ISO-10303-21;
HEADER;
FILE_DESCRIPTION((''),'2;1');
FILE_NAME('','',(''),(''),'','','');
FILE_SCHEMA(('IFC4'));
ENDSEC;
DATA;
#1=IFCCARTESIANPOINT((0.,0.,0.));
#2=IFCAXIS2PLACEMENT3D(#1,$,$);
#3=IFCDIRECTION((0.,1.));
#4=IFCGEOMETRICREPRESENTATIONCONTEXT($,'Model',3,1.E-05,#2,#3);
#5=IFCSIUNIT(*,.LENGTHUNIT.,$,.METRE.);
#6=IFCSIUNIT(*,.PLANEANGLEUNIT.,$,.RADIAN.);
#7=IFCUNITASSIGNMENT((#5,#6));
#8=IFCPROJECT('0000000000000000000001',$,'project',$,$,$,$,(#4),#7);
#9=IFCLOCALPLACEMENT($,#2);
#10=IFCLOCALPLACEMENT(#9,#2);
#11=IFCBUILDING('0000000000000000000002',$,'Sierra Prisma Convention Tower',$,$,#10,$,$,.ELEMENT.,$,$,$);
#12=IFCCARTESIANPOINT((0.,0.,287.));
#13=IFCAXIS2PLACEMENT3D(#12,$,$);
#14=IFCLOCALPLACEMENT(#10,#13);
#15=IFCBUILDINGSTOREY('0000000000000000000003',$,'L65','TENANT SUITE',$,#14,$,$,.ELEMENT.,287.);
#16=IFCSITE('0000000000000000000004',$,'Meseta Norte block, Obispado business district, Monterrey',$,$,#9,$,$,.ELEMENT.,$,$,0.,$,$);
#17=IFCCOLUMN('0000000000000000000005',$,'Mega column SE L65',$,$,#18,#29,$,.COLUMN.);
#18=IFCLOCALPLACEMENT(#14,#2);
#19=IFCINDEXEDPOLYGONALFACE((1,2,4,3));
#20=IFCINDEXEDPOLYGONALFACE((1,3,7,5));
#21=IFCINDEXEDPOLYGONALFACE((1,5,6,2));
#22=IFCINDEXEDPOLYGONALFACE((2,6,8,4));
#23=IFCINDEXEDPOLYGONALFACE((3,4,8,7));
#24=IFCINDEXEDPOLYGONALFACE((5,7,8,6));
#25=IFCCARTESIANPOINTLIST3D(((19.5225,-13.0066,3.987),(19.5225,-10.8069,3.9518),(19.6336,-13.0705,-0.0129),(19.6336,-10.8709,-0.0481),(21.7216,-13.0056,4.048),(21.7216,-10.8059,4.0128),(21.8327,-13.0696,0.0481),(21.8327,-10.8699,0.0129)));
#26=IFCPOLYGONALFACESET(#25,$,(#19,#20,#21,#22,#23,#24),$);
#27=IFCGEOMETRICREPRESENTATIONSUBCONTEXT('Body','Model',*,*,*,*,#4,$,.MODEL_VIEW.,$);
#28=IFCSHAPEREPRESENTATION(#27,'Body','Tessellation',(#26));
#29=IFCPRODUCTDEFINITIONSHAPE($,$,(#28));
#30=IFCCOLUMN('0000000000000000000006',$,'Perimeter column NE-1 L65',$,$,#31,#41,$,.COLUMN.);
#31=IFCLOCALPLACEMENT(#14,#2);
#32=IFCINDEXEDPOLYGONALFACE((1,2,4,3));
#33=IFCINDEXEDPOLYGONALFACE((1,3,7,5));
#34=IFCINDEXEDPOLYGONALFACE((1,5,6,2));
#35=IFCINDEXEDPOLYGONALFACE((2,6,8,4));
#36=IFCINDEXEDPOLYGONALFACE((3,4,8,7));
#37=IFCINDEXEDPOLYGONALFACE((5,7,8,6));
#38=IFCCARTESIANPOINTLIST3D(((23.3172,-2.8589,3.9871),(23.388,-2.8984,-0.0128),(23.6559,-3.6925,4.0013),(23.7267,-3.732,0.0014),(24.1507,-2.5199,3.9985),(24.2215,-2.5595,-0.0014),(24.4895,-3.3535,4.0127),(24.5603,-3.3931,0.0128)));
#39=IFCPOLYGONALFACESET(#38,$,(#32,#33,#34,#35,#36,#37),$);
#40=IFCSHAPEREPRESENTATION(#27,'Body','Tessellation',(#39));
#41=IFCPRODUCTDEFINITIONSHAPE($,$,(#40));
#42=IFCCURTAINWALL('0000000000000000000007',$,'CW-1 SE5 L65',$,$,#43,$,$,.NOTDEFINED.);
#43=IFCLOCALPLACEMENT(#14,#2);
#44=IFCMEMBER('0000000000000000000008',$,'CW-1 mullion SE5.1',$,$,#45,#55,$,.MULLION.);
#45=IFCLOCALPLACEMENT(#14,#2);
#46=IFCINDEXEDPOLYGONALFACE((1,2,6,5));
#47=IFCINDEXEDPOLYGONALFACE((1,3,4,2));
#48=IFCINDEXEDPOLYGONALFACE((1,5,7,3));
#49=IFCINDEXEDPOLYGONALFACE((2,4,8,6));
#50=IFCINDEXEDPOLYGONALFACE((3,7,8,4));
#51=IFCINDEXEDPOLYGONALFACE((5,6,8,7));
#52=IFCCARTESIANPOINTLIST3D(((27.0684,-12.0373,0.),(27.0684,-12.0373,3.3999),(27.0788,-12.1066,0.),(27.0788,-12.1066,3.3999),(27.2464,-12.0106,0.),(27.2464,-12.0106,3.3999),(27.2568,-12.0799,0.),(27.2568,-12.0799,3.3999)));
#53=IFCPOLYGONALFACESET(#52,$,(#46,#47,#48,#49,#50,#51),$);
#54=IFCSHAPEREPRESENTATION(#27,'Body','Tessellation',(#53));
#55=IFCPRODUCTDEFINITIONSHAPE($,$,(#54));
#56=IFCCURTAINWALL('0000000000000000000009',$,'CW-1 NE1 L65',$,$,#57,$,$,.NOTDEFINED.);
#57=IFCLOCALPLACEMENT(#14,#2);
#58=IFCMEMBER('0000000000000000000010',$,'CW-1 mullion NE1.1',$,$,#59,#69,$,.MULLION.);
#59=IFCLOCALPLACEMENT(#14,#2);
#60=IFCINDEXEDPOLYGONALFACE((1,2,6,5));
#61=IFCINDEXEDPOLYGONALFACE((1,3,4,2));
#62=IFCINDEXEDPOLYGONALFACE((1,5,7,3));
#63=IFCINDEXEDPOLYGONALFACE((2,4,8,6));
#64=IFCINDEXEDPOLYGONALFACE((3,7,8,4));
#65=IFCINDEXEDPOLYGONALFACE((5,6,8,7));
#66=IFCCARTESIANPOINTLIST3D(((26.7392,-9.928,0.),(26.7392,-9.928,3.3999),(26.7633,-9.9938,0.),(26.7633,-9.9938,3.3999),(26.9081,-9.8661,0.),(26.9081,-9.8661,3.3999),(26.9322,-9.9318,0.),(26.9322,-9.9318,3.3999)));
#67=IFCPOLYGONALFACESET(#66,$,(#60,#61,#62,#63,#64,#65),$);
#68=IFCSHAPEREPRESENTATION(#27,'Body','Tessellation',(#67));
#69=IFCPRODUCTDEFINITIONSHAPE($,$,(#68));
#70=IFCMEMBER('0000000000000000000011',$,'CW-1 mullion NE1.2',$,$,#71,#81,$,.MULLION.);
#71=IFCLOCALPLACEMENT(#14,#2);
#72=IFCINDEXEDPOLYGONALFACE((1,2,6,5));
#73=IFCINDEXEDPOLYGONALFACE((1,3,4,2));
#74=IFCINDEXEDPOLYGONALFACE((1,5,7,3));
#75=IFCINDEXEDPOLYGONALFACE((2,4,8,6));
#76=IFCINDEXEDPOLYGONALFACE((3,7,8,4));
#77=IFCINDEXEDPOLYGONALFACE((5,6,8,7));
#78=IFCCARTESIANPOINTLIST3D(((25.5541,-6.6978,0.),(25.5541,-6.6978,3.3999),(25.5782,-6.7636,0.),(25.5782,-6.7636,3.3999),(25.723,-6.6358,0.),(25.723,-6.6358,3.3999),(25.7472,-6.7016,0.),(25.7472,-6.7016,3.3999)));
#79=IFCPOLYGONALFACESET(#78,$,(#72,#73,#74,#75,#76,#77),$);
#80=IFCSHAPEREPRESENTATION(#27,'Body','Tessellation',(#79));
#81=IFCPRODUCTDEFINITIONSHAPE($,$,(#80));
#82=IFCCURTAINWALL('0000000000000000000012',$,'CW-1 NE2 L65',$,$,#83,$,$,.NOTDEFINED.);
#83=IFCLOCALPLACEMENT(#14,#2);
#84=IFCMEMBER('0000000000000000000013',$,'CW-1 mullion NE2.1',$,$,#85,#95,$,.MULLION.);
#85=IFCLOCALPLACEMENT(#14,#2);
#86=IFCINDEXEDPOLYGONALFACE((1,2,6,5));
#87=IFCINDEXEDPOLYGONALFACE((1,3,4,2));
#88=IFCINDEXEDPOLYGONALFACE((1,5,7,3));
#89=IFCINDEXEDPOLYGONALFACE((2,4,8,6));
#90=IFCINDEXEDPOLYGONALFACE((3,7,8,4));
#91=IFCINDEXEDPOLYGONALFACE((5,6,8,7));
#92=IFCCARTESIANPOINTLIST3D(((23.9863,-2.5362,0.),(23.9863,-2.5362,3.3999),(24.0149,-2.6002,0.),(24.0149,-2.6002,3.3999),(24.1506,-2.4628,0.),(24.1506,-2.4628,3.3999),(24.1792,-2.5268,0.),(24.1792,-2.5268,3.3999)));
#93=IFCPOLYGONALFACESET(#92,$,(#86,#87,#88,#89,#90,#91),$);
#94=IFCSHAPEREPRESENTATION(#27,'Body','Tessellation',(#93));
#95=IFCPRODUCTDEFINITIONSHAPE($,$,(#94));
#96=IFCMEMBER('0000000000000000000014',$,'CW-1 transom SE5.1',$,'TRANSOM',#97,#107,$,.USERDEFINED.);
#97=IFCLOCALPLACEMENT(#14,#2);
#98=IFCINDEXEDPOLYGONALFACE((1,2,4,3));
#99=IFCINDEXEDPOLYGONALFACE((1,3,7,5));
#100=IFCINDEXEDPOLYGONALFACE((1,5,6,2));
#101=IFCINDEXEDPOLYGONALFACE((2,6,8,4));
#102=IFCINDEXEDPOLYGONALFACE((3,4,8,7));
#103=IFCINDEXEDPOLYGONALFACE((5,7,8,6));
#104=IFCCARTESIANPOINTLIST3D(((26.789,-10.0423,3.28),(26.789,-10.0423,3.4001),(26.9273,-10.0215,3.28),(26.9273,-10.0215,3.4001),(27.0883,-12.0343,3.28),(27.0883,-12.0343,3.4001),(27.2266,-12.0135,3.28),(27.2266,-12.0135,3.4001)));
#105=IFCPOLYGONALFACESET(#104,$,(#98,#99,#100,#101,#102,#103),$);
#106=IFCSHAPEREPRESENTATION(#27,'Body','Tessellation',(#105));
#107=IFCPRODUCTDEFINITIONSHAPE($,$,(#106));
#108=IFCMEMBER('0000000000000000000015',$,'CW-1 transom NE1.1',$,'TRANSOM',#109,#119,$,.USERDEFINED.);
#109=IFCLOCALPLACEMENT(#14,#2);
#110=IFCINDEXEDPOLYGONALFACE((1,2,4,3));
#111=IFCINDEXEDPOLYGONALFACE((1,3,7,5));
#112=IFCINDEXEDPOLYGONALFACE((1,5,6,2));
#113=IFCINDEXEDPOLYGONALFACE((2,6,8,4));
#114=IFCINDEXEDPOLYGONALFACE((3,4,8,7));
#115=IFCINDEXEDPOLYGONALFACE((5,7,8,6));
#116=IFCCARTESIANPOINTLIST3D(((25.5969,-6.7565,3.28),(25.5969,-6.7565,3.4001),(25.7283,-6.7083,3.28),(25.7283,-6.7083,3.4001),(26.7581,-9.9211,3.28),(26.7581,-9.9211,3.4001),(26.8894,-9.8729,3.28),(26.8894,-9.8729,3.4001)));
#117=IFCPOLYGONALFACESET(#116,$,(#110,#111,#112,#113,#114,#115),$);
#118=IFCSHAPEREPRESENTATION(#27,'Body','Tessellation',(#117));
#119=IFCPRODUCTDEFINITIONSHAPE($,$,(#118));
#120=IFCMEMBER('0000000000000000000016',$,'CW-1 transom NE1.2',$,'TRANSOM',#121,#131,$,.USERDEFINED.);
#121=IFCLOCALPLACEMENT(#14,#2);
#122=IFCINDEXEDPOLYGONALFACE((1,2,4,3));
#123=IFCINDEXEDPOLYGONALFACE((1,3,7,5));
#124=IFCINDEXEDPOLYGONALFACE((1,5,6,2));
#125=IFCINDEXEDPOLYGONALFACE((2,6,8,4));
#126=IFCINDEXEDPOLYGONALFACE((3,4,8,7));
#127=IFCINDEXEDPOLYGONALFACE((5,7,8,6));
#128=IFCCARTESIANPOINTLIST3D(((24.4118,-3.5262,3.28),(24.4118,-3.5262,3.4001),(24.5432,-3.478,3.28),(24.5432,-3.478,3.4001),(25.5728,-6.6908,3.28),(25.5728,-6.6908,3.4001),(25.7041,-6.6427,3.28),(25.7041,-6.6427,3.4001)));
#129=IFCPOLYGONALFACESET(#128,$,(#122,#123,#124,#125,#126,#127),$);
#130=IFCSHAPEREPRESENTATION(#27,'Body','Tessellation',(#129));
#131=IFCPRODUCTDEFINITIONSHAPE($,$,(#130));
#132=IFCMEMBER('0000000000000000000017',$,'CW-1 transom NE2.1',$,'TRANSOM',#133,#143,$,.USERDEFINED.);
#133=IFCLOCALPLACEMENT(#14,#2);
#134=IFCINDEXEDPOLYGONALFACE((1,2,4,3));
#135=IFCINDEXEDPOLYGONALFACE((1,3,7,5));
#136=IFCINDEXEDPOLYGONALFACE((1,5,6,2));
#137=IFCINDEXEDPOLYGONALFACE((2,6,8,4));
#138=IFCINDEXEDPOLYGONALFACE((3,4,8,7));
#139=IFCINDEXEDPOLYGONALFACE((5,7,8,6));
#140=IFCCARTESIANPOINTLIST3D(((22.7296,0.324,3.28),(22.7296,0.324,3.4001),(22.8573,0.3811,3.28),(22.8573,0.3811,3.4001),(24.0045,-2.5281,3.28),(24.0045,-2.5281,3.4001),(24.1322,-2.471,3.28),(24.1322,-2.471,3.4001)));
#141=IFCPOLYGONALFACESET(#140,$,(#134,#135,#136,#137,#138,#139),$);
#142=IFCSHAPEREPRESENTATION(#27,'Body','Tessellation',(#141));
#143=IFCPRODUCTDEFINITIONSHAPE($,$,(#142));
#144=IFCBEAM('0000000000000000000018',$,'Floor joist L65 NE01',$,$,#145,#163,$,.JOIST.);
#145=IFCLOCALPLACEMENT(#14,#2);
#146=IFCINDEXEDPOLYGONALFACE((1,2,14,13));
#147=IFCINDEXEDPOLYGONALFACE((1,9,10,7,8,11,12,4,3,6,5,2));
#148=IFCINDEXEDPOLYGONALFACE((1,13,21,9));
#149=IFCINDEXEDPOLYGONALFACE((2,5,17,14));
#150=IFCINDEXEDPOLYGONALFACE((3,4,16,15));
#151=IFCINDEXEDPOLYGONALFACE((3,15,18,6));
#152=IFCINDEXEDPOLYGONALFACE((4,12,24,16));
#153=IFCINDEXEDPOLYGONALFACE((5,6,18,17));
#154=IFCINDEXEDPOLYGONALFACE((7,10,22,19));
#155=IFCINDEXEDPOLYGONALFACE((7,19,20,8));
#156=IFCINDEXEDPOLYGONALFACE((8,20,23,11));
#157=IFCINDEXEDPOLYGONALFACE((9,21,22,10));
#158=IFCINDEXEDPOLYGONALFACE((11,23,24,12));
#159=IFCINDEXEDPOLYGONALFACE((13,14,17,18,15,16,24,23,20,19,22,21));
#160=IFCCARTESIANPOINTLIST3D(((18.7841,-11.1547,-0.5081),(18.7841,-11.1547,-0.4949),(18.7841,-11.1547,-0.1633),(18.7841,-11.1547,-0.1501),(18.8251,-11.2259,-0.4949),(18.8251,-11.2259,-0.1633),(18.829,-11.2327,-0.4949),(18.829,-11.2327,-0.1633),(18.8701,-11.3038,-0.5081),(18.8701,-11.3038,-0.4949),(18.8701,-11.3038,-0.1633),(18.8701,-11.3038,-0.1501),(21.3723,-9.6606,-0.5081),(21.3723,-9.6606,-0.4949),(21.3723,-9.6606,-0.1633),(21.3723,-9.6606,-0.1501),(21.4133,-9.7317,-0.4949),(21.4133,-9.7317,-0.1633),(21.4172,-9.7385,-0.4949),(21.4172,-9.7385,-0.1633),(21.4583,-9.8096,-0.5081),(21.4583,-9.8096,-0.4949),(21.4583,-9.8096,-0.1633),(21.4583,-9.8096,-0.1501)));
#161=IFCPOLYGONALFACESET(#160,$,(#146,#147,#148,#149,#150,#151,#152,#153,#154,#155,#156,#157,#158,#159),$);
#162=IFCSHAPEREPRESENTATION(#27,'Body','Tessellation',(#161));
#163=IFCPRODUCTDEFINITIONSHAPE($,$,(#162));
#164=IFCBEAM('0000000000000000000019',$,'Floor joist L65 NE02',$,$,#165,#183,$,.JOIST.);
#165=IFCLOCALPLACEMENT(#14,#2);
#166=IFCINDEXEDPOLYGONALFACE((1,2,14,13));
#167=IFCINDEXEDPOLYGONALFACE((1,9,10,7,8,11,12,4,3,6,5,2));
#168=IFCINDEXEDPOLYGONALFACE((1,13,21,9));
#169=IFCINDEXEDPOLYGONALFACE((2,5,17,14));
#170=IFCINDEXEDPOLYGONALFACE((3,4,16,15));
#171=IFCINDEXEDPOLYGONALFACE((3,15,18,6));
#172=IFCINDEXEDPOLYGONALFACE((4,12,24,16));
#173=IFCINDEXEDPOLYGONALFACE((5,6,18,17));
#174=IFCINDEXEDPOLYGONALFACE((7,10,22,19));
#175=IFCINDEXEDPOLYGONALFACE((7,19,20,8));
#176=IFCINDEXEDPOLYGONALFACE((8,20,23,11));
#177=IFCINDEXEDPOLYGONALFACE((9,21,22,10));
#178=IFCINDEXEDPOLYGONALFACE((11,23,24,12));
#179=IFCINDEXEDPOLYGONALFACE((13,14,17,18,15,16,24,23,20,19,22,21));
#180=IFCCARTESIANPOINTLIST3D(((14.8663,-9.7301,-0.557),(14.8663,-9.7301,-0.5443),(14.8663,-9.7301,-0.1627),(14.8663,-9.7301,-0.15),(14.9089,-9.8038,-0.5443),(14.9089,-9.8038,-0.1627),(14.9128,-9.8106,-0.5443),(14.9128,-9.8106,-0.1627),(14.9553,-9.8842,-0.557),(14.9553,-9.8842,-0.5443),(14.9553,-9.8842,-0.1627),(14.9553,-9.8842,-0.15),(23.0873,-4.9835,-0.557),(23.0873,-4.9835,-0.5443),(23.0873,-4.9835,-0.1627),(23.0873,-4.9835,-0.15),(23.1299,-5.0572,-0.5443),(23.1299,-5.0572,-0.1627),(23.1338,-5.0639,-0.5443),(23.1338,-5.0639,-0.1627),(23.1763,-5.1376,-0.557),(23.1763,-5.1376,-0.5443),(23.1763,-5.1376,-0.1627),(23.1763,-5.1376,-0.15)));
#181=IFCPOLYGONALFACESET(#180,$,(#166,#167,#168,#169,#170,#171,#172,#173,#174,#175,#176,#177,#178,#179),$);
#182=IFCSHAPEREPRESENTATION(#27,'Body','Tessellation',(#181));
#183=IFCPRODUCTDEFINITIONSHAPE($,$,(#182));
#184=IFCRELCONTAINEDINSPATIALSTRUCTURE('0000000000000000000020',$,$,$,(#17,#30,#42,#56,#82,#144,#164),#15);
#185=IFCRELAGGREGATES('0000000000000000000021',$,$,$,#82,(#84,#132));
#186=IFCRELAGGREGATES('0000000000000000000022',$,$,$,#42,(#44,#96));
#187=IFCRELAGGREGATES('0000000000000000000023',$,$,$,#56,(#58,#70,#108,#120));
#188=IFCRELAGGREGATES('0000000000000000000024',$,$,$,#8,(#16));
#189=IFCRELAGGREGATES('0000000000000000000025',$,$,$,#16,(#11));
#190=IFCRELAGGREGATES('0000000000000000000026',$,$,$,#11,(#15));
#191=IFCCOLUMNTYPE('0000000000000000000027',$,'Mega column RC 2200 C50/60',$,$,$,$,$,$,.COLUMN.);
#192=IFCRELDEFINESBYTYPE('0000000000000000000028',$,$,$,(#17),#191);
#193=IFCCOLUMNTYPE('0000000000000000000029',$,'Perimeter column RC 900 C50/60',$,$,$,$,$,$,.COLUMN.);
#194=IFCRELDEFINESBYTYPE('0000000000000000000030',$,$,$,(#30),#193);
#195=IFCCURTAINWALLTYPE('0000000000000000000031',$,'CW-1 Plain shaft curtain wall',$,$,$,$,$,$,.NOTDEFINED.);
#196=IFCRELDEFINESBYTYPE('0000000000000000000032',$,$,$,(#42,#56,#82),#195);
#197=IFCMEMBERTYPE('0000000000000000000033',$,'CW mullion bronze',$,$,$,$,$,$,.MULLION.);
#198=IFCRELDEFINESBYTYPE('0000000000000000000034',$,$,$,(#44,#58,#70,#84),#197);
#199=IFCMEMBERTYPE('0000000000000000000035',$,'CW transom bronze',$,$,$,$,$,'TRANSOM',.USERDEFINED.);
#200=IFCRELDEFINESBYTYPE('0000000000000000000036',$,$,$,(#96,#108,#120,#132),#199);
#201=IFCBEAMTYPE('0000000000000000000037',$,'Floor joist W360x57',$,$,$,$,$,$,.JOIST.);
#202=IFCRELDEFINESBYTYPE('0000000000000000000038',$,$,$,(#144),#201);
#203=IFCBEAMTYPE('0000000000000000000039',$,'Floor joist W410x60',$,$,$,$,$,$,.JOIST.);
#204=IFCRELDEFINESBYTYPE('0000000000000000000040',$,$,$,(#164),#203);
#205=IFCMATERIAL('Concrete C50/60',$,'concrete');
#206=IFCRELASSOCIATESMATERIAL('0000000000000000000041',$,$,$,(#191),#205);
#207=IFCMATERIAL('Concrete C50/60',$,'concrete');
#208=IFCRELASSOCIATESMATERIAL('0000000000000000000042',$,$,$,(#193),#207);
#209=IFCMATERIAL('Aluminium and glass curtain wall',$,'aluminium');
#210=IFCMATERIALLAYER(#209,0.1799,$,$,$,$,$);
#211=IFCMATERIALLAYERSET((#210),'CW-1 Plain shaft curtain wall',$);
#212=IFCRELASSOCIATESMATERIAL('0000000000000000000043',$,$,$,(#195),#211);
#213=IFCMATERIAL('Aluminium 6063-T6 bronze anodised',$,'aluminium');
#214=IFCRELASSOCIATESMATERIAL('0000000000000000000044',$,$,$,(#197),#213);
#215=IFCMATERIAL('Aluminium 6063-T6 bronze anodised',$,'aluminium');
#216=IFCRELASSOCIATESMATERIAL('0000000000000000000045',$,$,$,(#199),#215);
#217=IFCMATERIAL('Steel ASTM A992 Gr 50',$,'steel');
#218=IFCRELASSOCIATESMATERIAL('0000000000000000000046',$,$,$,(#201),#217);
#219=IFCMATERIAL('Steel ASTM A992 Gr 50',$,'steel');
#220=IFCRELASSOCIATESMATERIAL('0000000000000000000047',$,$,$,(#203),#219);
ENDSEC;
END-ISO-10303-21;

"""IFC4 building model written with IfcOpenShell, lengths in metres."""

from ifc_helpers import new_model, si_unit, direction, frame, origin, origin_2d, place, context, subcontext, project, spatial, rectangle, i_section, extrude, material, layer, layer_set, material_profile, profile_set, type_object, element, aggregate, save


model = new_model("IFC4")

# Units and contexts
model_context = context("Model", 3, precision=1e-05, world=origin(), true_north=direction((0.0, 1.0)))
body_context = subcontext(model_context, "Body", "Model", "MODEL_VIEW")
ifc_project = project(units=[si_unit("LENGTHUNIT", "METRE"), si_unit("PLANEANGLEUNIT", "RADIAN")], contexts=[model_context])

# Site, building, storey
site_placement = place(None, origin())
site = spatial("IfcSite", under=ifc_project, at=site_placement, Name="Meseta Norte block, Obispado business district, Monterrey", CompositionType="ELEMENT", RefElevation=0.0)
building_placement = place(site_placement, origin())
building = spatial("IfcBuilding", under=site, at=building_placement, Name="Sierra Prisma Convention Tower", CompositionType="ELEMENT")
storey_placement = place(building_placement, frame((0.0, 0.0, 287.0)))
storey = spatial("IfcBuildingStorey", under=building, at=storey_placement, Name="L65", Description="TENANT SUITE", CompositionType="ELEMENT", Elevation=287.0)

# Columns
ifc_material_1 = material(Name="Concrete C50/60", Category="concrete")
ifc_material_profile_1 = material_profile(ifc_material_1, rectangle(XDim=2.2, YDim=2.2, at=origin_2d()), Name="Mega column RC 2200 C50/60")
ifc_profile_set_1 = profile_set([ifc_material_profile_1], Name="Concrete C50/60")
column_type_1 = type_object("IfcColumnType", Name="Mega column RC 2200 C50/60", PredefinedType="COLUMN", material=ifc_profile_set_1)
column_1_placement = place(storey_placement, frame((20.7332, -11.9702, 0.0), z_axis=(-0.027757, 0.015983, 0.999487), x_axis=(0.999615, 0.000444, 0.027753)))
element("IfcColumn", 1, at=column_1_placement, inside=storey, type_object=column_type_1, Name="Mega column SE L65", PredefinedType="COLUMN", context=body_context, shape_type="SweptSolid", body=[
    extrude(rectangle(XDim=2.2, YDim=2.2, at=origin_2d()), origin(), (0.0, 0.0, 1.0), 4.002),
])
ifc_material_2 = material(Name="Concrete C50/60", Category="concrete")
ifc_material_profile_2 = material_profile(ifc_material_2, rectangle(XDim=0.8999, YDim=0.8999, at=origin_2d()), Name="Perimeter column RC 900 C50/60")
ifc_profile_set_2 = profile_set([ifc_material_profile_2], Name="Concrete C50/60")
column_type_2 = type_object("IfcColumnType", Name="Perimeter column RC 900 C50/60", PredefinedType="COLUMN", material=ifc_profile_set_2)
column_2_placement = place(storey_placement, frame((23.9741, -3.1458, 0.0), z_axis=(-0.017697, 0.009886, 0.999795), x_axis=(-0.376453, 0.926301, -0.015822)))
element("IfcColumn", 2, at=column_2_placement, inside=storey, type_object=column_type_2, Name="Perimeter column NE-1 L65", PredefinedType="COLUMN", context=body_context, shape_type="SweptSolid", body=[
    extrude(rectangle(XDim=0.8999, YDim=0.8999, at=origin_2d()), origin(), (0.0, 0.0, 1.0), 4.0007),
])

# Curtain wall, member
ifc_material_3 = material(Name="Aluminium and glass curtain wall", Category="aluminium")
ifc_layer_1 = layer(ifc_material_3, 0.1799)
ifc_layer_set_1 = layer_set([ifc_layer_1], Name="CW-1 Plain shaft curtain wall")
curtain_wall_type = type_object("IfcCurtainWallType", Name="CW-1 Plain shaft curtain wall", PredefinedType="NOTDEFINED", material=ifc_layer_set_1)
curtain_wall_1_placement = place(storey_placement, origin())
curtain_wall_1 = element("IfcCurtainWall", 3, at=curtain_wall_1_placement, inside=storey, type_object=curtain_wall_type, Name="CW-1 SE5 L65", PredefinedType="NOTDEFINED")
ifc_material_4 = material(Name="Aluminium 6063-T6 bronze anodised", Category="aluminium")
ifc_material_profile_3 = material_profile(ifc_material_4, rectangle(XDim=0.1799, YDim=0.0701, at=origin_2d()), Name="ALU MULLION 70x180")
ifc_profile_set_3 = profile_set([ifc_material_profile_3], Name="Aluminium 6063-T6 bronze anodised")
member_type_1 = type_object("IfcMemberType", Name="CW mullion bronze", PredefinedType="MULLION", material=ifc_profile_set_3)
member_1_placement = place(storey_placement, frame((27.1626, -12.0586, 0.0), z_axis=(0.0, 0.0, 1.0), x_axis=(-0.988909, -0.148524, 0.0)))
member_1 = element("IfcMember", 4, at=member_1_placement, type_object=member_type_1, Name="CW-1 mullion SE5.1", PredefinedType="MULLION", context=body_context, shape_type="SweptSolid", body=[
    extrude(rectangle(XDim=0.1799, YDim=0.0701, at=origin_2d()), origin(), (0.0, 0.0, 1.0), 3.3999),
])

# Curtain wall, members
curtain_wall_2_placement = place(storey_placement, origin())
curtain_wall_2 = element("IfcCurtainWall", 5, at=curtain_wall_2_placement, inside=storey, type_object=curtain_wall_type, Name="CW-1 NE1 L65", PredefinedType="NOTDEFINED")
member_2_placement = place(storey_placement, frame((26.8357, -9.9299, 0.0), z_axis=(0.0, 0.0, 1.0), x_axis=(-0.93881, -0.344435, 0.0)))
member_2 = element("IfcMember", 6, at=member_2_placement, type_object=member_type_1, Name="CW-1 mullion NE1.1", PredefinedType="MULLION", context=body_context, shape_type="SweptSolid", body=[
    extrude(rectangle(XDim=0.1799, YDim=0.0701, at=origin_2d()), origin(), (0.0, 0.0, 1.0), 3.3999),
])
member_3_placement = place(storey_placement, frame((25.6506, -6.6997, 0.0), z_axis=(0.0, 0.0, 1.0), x_axis=(-0.93881, -0.344435, 0.0)))
member_3 = element("IfcMember", 7, at=member_3_placement, type_object=member_type_1, Name="CW-1 mullion NE1.2", PredefinedType="MULLION", context=body_context, shape_type="SweptSolid", body=[
    extrude(rectangle(XDim=0.1799, YDim=0.0701, at=origin_2d()), origin(), (0.0, 0.0, 1.0), 3.3999),
])

# Curtain wall, member
curtain_wall_3_placement = place(storey_placement, origin())
curtain_wall_3 = element("IfcCurtainWall", 8, at=curtain_wall_3_placement, inside=storey, type_object=curtain_wall_type, Name="CW-1 NE2 L65", PredefinedType="NOTDEFINED")
member_4_placement = place(storey_placement, frame((24.0828, -2.5315, 0.0), z_axis=(0.0, 0.0, 1.0), x_axis=(-0.912917, -0.408145, 0.0)))
member_4 = element("IfcMember", 9, at=member_4_placement, type_object=member_type_1, Name="CW-1 mullion NE2.1", PredefinedType="MULLION", context=body_context, shape_type="SweptSolid", body=[
    extrude(rectangle(XDim=0.1799, YDim=0.0701, at=origin_2d()), origin(), (0.0, 0.0, 1.0), 3.3999),
])

# Members
ifc_material_5 = material(Name="Aluminium 6063-T6 bronze anodised", Category="aluminium")
ifc_material_profile_4 = material_profile(ifc_material_5, rectangle(XDim=0.1399, YDim=0.1201, at=origin_2d()), Name="ALU TRANSOM 120x140")
ifc_profile_set_4 = profile_set([ifc_material_profile_4], Name="Aluminium 6063-T6 bronze anodised")
member_type_2 = type_object("IfcMemberType", Name="CW transom bronze", ElementType="TRANSOM", PredefinedType="USERDEFINED", material=ifc_profile_set_4)
member_5_placement = place(storey_placement, frame((27.1575, -12.0239, 3.3401), z_axis=(-0.148595, 0.988898, 0.0), x_axis=(-0.988898, -0.148595, 0.0)))
member_5 = element("IfcMember", 10, at=member_5_placement, type_object=member_type_2, Name="CW-1 transom SE5.1", ObjectType="TRANSOM", PredefinedType="USERDEFINED", context=body_context, shape_type="SweptSolid", body=[
    extrude(rectangle(XDim=0.1399, YDim=0.1201, at=origin_2d()), origin(), (0.0, 0.0, 1.0), 2.0144),
])
member_6_placement = place(storey_placement, frame((26.8237, -9.897, 3.3401), z_axis=(-0.344463, 0.9388, 0.0), x_axis=(-0.9388, -0.344463, 0.0)))
member_6 = element("IfcMember", 11, at=member_6_placement, type_object=member_type_2, Name="CW-1 transom NE1.1", ObjectType="TRANSOM", PredefinedType="USERDEFINED", context=body_context, shape_type="SweptSolid", body=[
    extrude(rectangle(XDim=0.1399, YDim=0.1201, at=origin_2d()), origin(), (0.0, 0.0, 1.0), 3.3708),
])
member_7_placement = place(storey_placement, frame((25.6384, -6.6667, 3.3401), z_axis=(-0.344399, 0.938823, 0.0), x_axis=(-0.938823, -0.344399, 0.0)))
member_7 = element("IfcMember", 12, at=member_7_placement, type_object=member_type_2, Name="CW-1 transom NE1.2", ObjectType="TRANSOM", PredefinedType="USERDEFINED", context=body_context, shape_type="SweptSolid", body=[
    extrude(rectangle(XDim=0.1399, YDim=0.1201, at=origin_2d()), origin(), (0.0, 0.0, 1.0), 3.3708),
])
member_8_placement = place(storey_placement, frame((24.0684, -2.4995, 3.3401), z_axis=(-0.408095, 0.912939, 0.0), x_axis=(-0.912939, -0.408095, 0.0)))
member_8 = element("IfcMember", 13, at=member_8_placement, type_object=member_type_2, Name="CW-1 transom NE2.1", ObjectType="TRANSOM", PredefinedType="USERDEFINED", context=body_context, shape_type="SweptSolid", body=[
    extrude(rectangle(XDim=0.1399, YDim=0.1201, at=origin_2d()), origin(), (0.0, 0.0, 1.0), 3.124),
])
aggregate(curtain_wall_3, [member_4, member_8])

# Beams
ifc_material_6 = material(Name="Steel ASTM A992 Gr 50", Category="steel")
ifc_material_profile_5 = material_profile(ifc_material_6, i_section(OverallWidth=0.1721, OverallDepth=0.3579, WebThickness=0.0078, FlangeThickness=0.0132, at=origin_2d()), Name="W360x57")
ifc_profile_set_5 = profile_set([ifc_material_profile_5], Name="Steel ASTM A992 Gr 50")
beam_type_1 = type_object("IfcBeamType", Name="Floor joist W360x57", PredefinedType="JOIST", material=ifc_profile_set_5)
beam_1_placement = place(storey_placement, frame((21.4153, -9.7351, -0.3291), z_axis=(-0.866043, -0.49997, 0.0), x_axis=(0.49997, -0.866043, 0.0)))
element("IfcBeam", 14, at=beam_1_placement, inside=storey, type_object=beam_type_1, Name="Floor joist L65 NE01", PredefinedType="JOIST", context=body_context, shape_type="SweptSolid", body=[
    extrude(i_section(OverallWidth=0.1721, OverallDepth=0.3579, WebThickness=0.0078, FlangeThickness=0.0132, at=origin_2d()), origin(), (0.0, 0.0, 1.0), 2.9885),
])
ifc_material_7 = material(Name="Steel ASTM A992 Gr 50", Category="steel")
ifc_material_profile_6 = material_profile(ifc_material_7, i_section(OverallWidth=0.178, OverallDepth=0.407, WebThickness=0.0078, FlangeThickness=0.0127, at=origin_2d()), Name="W410x60")
ifc_profile_set_6 = profile_set([ifc_material_profile_6], Name="Steel ASTM A992 Gr 50")
beam_type_2 = type_object("IfcBeamType", Name="Floor joist W410x60", PredefinedType="JOIST", material=ifc_profile_set_6)
beam_2_placement = place(storey_placement, frame((23.1318, -5.0605, -0.3535), z_axis=(-0.866016, -0.500017, 0.0), x_axis=(0.500017, -0.866016, 0.0)))
element("IfcBeam", 15, at=beam_2_placement, inside=storey, type_object=beam_type_2, Name="Floor joist L65 NE02", PredefinedType="JOIST", context=body_context, shape_type="SweptSolid", body=[
    extrude(i_section(OverallWidth=0.178, OverallDepth=0.407, WebThickness=0.0078, FlangeThickness=0.0127, at=origin_2d()), origin(), (0.0, 0.0, 1.0), 9.4929),
])

aggregate(curtain_wall_1, [member_1, member_5])
aggregate(curtain_wall_2, [member_2, member_3, member_6, member_7])

save(model, "model.ifc")
